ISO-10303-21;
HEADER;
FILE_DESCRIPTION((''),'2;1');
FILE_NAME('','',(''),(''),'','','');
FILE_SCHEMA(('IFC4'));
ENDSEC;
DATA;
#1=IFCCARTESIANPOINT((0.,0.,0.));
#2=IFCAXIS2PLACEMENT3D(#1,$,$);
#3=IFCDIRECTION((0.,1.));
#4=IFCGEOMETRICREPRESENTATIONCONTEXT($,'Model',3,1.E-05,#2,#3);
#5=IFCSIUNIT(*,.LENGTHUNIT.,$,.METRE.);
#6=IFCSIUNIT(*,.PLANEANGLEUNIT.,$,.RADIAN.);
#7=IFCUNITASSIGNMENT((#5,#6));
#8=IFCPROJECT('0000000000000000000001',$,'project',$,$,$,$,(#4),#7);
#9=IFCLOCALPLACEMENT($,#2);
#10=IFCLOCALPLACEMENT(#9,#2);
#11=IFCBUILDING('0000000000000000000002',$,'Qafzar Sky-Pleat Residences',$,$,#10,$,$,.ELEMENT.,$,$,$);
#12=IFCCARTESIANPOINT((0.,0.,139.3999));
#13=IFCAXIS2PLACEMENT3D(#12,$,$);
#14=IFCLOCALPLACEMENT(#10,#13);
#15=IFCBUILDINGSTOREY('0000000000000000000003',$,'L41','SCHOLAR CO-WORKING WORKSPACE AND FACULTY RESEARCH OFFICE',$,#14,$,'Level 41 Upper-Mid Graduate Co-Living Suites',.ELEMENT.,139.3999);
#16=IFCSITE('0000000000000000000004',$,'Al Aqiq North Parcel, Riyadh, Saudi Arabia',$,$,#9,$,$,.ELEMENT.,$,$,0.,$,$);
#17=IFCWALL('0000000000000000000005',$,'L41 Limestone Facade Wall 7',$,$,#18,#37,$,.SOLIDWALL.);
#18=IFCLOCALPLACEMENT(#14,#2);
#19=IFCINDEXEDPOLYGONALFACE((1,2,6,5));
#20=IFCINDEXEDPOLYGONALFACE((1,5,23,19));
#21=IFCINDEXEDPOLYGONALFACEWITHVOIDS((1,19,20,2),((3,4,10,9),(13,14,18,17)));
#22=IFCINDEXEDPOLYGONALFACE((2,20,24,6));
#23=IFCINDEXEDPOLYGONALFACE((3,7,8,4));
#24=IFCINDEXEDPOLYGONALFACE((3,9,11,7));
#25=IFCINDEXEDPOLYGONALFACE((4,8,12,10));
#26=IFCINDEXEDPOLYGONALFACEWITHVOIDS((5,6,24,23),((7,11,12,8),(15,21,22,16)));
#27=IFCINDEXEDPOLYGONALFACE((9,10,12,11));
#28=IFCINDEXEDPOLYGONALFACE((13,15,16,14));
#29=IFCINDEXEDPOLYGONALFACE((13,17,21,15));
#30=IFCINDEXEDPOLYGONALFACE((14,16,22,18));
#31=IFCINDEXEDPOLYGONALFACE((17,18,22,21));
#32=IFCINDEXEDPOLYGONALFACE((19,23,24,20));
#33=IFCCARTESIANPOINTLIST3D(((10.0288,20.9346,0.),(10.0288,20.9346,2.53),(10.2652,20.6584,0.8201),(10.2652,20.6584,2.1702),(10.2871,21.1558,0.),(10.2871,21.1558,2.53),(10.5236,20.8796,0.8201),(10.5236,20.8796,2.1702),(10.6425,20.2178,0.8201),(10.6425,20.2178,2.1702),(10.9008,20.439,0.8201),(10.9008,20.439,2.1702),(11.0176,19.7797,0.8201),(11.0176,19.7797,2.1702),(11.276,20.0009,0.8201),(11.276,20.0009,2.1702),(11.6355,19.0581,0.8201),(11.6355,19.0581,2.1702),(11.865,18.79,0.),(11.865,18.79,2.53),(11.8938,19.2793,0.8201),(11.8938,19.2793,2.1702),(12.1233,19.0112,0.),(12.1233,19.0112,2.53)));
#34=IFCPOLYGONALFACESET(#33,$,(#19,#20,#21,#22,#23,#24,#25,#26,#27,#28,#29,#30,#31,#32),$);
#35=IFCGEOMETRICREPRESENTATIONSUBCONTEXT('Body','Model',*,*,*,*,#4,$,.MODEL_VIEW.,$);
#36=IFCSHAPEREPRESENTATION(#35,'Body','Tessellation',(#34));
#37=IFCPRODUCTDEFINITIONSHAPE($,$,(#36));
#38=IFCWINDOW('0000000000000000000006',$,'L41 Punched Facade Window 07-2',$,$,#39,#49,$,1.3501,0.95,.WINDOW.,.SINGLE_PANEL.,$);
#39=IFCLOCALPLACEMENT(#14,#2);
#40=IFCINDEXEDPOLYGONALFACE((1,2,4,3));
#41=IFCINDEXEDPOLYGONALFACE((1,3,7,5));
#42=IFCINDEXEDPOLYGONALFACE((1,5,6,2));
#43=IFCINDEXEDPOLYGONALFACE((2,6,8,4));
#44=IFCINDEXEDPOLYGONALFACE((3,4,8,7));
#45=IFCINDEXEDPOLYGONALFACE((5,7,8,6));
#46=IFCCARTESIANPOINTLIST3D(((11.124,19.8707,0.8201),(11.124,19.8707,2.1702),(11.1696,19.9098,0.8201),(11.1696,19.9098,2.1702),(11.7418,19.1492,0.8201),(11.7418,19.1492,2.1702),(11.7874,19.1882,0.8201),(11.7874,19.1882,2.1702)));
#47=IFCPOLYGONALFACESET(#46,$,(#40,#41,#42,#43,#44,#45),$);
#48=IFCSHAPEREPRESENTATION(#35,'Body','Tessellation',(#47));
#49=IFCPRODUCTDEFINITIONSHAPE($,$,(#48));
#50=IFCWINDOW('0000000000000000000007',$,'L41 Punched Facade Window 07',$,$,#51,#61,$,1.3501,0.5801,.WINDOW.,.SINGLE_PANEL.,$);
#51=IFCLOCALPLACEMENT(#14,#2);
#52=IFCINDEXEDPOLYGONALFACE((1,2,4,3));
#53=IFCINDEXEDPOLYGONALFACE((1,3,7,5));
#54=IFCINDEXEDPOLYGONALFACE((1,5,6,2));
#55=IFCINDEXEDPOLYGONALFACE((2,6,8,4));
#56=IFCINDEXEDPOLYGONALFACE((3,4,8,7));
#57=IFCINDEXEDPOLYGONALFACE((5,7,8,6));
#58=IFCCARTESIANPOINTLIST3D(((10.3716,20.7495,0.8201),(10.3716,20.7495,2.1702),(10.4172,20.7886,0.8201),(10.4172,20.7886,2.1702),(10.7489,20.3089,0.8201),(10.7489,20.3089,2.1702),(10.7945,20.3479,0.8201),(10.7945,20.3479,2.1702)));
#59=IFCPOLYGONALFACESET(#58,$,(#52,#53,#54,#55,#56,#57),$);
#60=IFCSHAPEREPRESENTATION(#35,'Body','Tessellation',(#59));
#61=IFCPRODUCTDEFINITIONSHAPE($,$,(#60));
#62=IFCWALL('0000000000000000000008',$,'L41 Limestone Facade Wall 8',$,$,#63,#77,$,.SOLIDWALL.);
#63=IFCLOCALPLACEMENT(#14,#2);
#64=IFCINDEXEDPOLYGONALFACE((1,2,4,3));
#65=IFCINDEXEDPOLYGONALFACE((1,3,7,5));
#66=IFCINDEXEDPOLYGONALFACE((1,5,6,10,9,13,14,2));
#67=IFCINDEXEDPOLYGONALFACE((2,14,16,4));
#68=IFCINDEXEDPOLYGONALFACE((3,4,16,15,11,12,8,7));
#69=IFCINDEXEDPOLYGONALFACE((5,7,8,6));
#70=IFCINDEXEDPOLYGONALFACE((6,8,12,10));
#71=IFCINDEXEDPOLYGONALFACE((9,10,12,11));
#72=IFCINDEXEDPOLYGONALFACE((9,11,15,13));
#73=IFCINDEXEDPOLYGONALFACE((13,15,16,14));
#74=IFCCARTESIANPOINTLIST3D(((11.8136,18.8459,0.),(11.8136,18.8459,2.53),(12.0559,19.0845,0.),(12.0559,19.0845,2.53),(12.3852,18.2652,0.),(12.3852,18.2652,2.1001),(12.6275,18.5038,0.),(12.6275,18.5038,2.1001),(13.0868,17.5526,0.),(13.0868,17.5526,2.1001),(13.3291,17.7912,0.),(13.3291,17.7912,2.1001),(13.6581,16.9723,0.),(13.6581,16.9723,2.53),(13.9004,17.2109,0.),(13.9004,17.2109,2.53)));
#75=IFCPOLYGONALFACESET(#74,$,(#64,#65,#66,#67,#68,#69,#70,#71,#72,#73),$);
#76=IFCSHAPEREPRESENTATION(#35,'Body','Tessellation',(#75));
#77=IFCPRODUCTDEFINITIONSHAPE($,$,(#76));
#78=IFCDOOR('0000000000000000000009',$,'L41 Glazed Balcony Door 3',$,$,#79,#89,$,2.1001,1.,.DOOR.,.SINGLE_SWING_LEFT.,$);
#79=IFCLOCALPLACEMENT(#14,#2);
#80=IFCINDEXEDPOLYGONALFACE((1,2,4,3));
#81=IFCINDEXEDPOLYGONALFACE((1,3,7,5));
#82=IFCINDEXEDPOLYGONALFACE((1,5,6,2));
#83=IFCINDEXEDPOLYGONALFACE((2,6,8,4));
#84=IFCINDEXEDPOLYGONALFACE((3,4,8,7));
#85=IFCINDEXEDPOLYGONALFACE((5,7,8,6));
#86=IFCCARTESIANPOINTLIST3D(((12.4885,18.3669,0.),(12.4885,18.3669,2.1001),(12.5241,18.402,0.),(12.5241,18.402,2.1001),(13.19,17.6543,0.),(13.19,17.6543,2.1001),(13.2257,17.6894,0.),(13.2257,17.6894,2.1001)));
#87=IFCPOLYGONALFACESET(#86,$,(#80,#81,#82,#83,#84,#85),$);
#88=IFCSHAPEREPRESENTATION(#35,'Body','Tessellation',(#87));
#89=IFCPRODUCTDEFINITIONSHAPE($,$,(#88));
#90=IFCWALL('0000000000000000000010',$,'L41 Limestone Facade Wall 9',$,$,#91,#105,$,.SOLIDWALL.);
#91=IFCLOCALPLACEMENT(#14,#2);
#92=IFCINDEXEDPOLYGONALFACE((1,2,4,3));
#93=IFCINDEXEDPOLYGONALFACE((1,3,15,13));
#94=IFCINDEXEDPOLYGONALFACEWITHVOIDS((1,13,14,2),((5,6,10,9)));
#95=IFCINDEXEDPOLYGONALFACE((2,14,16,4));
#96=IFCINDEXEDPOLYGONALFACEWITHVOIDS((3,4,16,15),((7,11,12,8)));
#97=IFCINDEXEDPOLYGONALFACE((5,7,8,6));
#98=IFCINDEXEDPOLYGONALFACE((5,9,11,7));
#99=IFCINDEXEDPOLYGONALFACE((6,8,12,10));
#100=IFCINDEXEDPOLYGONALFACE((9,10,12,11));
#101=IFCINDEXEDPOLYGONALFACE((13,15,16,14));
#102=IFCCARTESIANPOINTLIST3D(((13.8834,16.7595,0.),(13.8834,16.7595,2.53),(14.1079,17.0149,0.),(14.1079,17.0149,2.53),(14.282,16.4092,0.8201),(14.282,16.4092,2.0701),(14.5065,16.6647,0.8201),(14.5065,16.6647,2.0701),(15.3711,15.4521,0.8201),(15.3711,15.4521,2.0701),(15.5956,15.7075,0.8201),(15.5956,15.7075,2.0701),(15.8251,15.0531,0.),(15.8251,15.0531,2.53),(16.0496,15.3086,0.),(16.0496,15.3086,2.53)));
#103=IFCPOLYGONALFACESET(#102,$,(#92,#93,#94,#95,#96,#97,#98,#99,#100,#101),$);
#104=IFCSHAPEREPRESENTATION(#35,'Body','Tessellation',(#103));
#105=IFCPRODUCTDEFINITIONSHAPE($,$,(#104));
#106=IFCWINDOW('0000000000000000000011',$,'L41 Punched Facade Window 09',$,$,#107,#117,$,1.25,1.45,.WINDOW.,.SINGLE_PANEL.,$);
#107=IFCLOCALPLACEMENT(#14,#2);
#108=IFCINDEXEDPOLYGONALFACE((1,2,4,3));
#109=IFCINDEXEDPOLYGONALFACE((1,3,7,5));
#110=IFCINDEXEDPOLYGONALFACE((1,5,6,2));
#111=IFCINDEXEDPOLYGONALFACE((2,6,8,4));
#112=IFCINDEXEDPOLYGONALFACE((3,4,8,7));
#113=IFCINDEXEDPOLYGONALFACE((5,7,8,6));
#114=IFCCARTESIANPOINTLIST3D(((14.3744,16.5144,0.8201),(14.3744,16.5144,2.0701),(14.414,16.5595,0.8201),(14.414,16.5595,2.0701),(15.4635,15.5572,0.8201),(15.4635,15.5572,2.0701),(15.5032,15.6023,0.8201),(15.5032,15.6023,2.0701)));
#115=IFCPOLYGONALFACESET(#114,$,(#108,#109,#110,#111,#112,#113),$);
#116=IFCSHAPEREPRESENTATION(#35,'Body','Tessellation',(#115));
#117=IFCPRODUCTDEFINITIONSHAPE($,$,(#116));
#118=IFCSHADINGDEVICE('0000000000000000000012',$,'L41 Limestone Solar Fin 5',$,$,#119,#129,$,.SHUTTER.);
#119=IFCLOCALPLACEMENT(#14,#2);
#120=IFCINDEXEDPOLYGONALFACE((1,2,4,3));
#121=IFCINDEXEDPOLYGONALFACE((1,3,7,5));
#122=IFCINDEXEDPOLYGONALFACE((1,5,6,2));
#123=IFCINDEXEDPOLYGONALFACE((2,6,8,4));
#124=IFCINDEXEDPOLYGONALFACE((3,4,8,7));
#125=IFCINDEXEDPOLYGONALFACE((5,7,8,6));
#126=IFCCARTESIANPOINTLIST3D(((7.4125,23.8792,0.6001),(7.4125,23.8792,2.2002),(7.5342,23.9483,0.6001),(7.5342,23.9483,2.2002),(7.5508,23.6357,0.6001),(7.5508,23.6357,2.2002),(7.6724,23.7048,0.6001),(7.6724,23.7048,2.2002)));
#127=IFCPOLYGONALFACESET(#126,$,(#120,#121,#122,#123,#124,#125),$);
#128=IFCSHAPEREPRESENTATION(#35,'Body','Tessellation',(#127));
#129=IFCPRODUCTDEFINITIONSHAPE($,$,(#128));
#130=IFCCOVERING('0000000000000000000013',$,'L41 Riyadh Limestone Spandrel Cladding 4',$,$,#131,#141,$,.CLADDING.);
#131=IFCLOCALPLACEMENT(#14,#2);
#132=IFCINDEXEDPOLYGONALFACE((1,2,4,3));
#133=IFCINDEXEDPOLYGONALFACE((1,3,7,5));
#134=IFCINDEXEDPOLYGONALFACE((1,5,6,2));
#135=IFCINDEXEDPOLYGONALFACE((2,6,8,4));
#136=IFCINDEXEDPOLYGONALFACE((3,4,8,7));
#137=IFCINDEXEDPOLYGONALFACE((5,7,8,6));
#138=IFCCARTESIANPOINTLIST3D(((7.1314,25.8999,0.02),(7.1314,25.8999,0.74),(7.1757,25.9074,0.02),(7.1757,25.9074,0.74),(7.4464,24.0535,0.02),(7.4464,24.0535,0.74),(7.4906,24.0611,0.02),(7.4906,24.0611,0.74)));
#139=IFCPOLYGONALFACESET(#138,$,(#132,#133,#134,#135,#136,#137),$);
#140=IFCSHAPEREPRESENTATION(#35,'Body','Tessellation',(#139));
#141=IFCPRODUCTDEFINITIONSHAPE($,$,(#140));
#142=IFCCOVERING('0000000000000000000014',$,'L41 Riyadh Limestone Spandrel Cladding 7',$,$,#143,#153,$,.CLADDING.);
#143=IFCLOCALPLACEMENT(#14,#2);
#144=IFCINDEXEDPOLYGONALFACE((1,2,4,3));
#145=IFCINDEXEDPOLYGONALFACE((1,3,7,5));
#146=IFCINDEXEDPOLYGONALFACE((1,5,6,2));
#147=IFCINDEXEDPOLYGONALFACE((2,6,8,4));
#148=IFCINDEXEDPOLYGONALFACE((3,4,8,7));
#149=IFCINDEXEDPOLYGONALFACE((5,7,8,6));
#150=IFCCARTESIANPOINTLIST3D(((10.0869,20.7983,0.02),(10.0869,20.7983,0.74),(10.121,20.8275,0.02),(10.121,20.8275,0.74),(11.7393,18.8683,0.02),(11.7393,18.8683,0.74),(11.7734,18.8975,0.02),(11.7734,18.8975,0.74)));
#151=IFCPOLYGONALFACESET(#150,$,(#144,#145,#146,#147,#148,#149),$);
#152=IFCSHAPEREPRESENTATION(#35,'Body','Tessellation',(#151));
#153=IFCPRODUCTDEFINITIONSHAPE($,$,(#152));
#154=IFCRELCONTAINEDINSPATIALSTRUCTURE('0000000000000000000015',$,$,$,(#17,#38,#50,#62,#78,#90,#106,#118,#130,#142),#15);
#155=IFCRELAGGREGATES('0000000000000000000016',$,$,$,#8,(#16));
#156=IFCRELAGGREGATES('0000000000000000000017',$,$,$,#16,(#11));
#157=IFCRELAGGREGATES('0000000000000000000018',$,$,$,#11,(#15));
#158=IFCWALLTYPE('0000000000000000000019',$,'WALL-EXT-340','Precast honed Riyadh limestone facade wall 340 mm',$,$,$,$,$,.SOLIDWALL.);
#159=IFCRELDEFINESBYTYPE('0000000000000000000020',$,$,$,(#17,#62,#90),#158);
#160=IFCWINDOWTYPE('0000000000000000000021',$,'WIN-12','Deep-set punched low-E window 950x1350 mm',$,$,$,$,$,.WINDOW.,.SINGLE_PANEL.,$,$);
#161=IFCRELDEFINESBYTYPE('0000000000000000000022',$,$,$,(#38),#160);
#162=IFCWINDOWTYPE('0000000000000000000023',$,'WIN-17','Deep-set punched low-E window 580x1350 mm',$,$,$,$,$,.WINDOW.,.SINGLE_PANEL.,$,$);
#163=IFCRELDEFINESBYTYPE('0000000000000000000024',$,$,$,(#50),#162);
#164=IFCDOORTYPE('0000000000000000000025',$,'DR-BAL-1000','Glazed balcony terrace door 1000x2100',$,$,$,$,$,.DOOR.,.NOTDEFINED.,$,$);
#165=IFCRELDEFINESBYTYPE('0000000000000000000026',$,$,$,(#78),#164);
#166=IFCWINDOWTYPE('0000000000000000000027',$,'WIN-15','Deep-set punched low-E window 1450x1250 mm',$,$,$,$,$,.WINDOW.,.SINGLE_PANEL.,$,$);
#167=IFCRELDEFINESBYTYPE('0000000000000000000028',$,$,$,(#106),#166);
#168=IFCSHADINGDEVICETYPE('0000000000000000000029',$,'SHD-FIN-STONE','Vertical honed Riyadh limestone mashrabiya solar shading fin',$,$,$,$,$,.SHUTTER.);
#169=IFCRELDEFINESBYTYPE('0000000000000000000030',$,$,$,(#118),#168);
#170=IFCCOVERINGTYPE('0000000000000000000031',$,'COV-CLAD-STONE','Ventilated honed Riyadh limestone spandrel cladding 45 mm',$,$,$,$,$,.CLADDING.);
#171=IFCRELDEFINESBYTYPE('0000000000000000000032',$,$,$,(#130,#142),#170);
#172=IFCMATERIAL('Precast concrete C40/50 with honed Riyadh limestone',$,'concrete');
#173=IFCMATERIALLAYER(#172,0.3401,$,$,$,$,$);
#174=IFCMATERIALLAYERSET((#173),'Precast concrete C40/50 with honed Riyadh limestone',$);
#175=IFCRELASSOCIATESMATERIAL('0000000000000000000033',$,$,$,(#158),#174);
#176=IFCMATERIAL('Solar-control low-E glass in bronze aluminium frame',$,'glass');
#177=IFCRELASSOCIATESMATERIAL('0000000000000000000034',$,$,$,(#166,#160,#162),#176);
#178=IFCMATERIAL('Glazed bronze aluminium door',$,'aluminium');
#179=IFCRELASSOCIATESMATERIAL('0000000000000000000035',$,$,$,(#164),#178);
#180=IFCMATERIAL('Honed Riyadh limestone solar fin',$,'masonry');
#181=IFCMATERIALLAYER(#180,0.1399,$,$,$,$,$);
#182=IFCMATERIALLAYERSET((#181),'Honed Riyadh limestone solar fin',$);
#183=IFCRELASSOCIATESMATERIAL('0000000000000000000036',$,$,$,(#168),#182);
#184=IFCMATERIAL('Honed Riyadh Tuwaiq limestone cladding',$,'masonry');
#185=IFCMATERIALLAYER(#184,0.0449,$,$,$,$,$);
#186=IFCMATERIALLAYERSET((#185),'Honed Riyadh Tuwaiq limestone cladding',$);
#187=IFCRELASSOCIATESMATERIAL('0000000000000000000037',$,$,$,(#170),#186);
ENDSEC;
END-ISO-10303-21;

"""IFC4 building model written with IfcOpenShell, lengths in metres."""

from ifc_helpers import new_model, si_unit, direction, frame, frame_2d, origin, origin_2d, place, context, subcontext, project, spatial, rectangle, extrude, source, transform, mapped, material, layer, layer_set, type_object, element, fill, save


model = new_model("IFC4")

# Units and contexts
model_context = context("Model", 3, precision=1e-05, world=origin(), true_north=direction((0.0, 1.0)))
body_context = subcontext(model_context, "Body", "Model", "MODEL_VIEW")
ifc_project = project(units=[si_unit("LENGTHUNIT", "METRE"), si_unit("PLANEANGLEUNIT", "RADIAN")], contexts=[model_context])

# Site, building, storey
site_placement = place(None, origin())
site = spatial("IfcSite", under=ifc_project, at=site_placement, Name="Al Aqiq North Parcel, Riyadh, Saudi Arabia", CompositionType="ELEMENT", RefElevation=0.0)
building_placement = place(site_placement, origin())
building = spatial("IfcBuilding", under=site, at=building_placement, Name="Qafzar Sky-Pleat Residences", CompositionType="ELEMENT")
storey_placement = place(building_placement, frame((0.0, 0.0, 139.3999)))
storey = spatial("IfcBuildingStorey", under=building, at=storey_placement, Name="L41", Description="SCHOLAR CO-WORKING WORKSPACE AND FACULTY RESEARCH OFFICE", LongName="Level 41 Upper-Mid Graduate Co-Living Suites", CompositionType="ELEMENT", Elevation=139.3999)

# Shared definitions
ifc_material_1 = material(Name="Precast concrete C40/50 with honed Riyadh limestone", Category="concrete")
ifc_layer_1 = layer(ifc_material_1, 0.3401)
ifc_layer_set_1 = layer_set([ifc_layer_1], Name="Precast concrete C40/50 with honed Riyadh limestone")
wall_type_1 = type_object("IfcWallType", Name="WALL-EXT-340", Description="Precast honed Riyadh limestone facade wall 340 mm", PredefinedType="SOLIDWALL", material=ifc_layer_set_1)
ifc_material_2 = material(Name="Solar-control low-E glass in bronze aluminium frame", Category="glass")
window_type_1 = type_object("IfcWindowType", Name="WIN-15", Description="Deep-set punched low-E window 1450x1250 mm", PartitioningType="SINGLE_PANEL", PredefinedType="WINDOW", material=ifc_material_2)
shared_shape_1 = source(origin(), body_context, "Body", "SweptSolid", [
    extrude(rectangle(XDim=1.45, YDim=1.25, at=frame_2d((0.7251, 0.625))), frame((0.0, 0.03, 0.0), z_axis=(0.0, -1.0, 0.0), x_axis=(1.0, 0.0, 0.0)), (0.0, 0.0, 1.0), 0.0601),
])

# Wall, openings, windows
wall_1_placement = place(storey_placement, frame((10.158, 21.0452, 0.0), z_axis=(0.0, 0.0, 1.0), x_axis=(0.650385, -0.759604, 0.0)))
wall_1 = element("IfcWall", 1, at=wall_1_placement, inside=storey, type_object=wall_type_1, Name="L41 Limestone Facade Wall 7", PredefinedType="SOLIDWALL", context=body_context, shape_type="SweptSolid", body=[
    extrude(rectangle(XDim=2.8232, YDim=0.3401, at=frame_2d((1.4116, 0.0))), origin(), (0.0, 0.0, 1.0), 2.53),
])
opening_1_placement = place(wall_1_placement, frame((0.3635, 0.0, 0.8201)))
opening_1 = element("IfcOpeningElement", 2, at=opening_1_placement, cuts=wall_1, PredefinedType="OPENING", context=body_context, shape_type="SweptSolid", body=[
    extrude(rectangle(XDim=0.5801, YDim=1.3501, at=frame_2d((0.29, 0.675))), frame((0.0, 0.1802, 0.0), z_axis=(0.0, -1.0, 0.0), x_axis=(1.0, 0.0, 0.0)), (0.0, 0.0, 1.0), 0.3601),
])
opening_2_placement = place(wall_1_placement, frame((1.5203, 0.0, 0.8201)))
opening_2 = element("IfcOpeningElement", 3, at=opening_2_placement, cuts=wall_1, PredefinedType="OPENING", context=body_context, shape_type="SweptSolid", body=[
    extrude(rectangle(XDim=0.95, YDim=1.3501, at=frame_2d((0.4751, 0.675))), frame((0.0, 0.1802, 0.0), z_axis=(0.0, -1.0, 0.0), x_axis=(1.0, 0.0, 0.0)), (0.0, 0.0, 1.0), 0.3601),
])
window_type_2 = type_object("IfcWindowType", Name="WIN-12", Description="Deep-set punched low-E window 950x1350 mm", PartitioningType="SINGLE_PANEL", PredefinedType="WINDOW", material=ifc_material_2)
shared_shape_2 = source(origin(), body_context, "Body", "SweptSolid", [
    extrude(rectangle(XDim=0.95, YDim=1.3501, at=frame_2d((0.4751, 0.675))), frame((0.0, 0.03, 0.0), z_axis=(0.0, -1.0, 0.0), x_axis=(1.0, 0.0, 0.0)), (0.0, 0.0, 1.0), 0.0601),
])
window_1_placement = place(opening_2_placement, origin())
window_1 = element("IfcWindow", 4, at=window_1_placement, inside=storey, type_object=window_type_2, Name="L41 Punched Facade Window 07-2", OverallHeight=1.3501, OverallWidth=0.95, PartitioningType="SINGLE_PANEL", PredefinedType="WINDOW", context=body_context, shape_type="MappedRepresentation", body=[
    mapped(shared_shape_2, transform((0.0, 0.0, 0.0), x_axis=(1.0, 0.0, 0.0), y_axis=(0.0, 1.0, 0.0), z_axis=(0.0, 0.0, 1.0), scale=1.0)),
])
fill(opening_2, window_1)
window_type_3 = type_object("IfcWindowType", Name="WIN-17", Description="Deep-set punched low-E window 580x1350 mm", PartitioningType="SINGLE_PANEL", PredefinedType="WINDOW", material=ifc_material_2)
shared_shape_3 = source(origin(), body_context, "Body", "SweptSolid", [
    extrude(rectangle(XDim=0.5801, YDim=1.3501, at=frame_2d((0.29, 0.675))), frame((0.0, 0.03, 0.0), z_axis=(0.0, -1.0, 0.0), x_axis=(1.0, 0.0, 0.0)), (0.0, 0.0, 1.0), 0.0601),
])
window_2_placement = place(opening_1_placement, origin())
window_2 = element("IfcWindow", 5, at=window_2_placement, inside=storey, type_object=window_type_3, Name="L41 Punched Facade Window 07", OverallHeight=1.3501, OverallWidth=0.5801, PartitioningType="SINGLE_PANEL", PredefinedType="WINDOW", context=body_context, shape_type="MappedRepresentation", body=[
    mapped(shared_shape_3, transform((0.0, 0.0, 0.0), x_axis=(1.0, 0.0, 0.0), y_axis=(0.0, 1.0, 0.0), z_axis=(0.0, 0.0, 1.0), scale=1.0)),
])
fill(opening_1, window_2)

# Wall, opening, door
wall_2_placement = place(storey_placement, frame((11.9348, 18.9651, 0.0), z_axis=(0.0, 0.0, 1.0), x_axis=(0.70156, -0.71261, 0.0)))
wall_2 = element("IfcWall", 6, at=wall_2_placement, inside=storey, type_object=wall_type_1, Name="L41 Limestone Facade Wall 8", PredefinedType="SOLIDWALL", context=body_context, shape_type="SweptSolid", body=[
    extrude(rectangle(XDim=2.6292, YDim=0.3401, at=frame_2d((1.3145, 0.0))), origin(), (0.0, 0.0, 1.0), 2.53),
])
opening_3_placement = place(wall_2_placement, frame((0.8147, 0.0, 0.0)))
opening_3 = element("IfcOpeningElement", 7, at=opening_3_placement, cuts=wall_2, PredefinedType="OPENING", context=body_context, shape_type="SweptSolid", body=[
    extrude(rectangle(XDim=1.0, YDim=2.1001, at=frame_2d((0.5, 1.05))), frame((0.0, 0.1802, 0.0), z_axis=(0.0, -1.0, 0.0), x_axis=(1.0, 0.0, 0.0)), (0.0, 0.0, 1.0), 0.3601),
])
ifc_material_3 = material(Name="Glazed bronze aluminium door", Category="aluminium")
door_type = type_object("IfcDoorType", Name="DR-BAL-1000", Description="Glazed balcony terrace door 1000x2100", OperationType="NOTDEFINED", PredefinedType="DOOR", material=ifc_material_3)
shared_shape_4 = source(origin(), body_context, "Body", "SweptSolid", [
    extrude(rectangle(XDim=1.0, YDim=2.1001, at=frame_2d((0.5, 1.05))), frame((0.0, 0.0249, 0.0), z_axis=(0.0, -1.0, 0.0), x_axis=(1.0, 0.0, 0.0)), (0.0, 0.0, 1.0), 0.05),
])
door_placement = place(opening_3_placement, origin())
door = element("IfcDoor", 8, at=door_placement, inside=storey, type_object=door_type, Name="L41 Glazed Balcony Door 3", OperationType="SINGLE_SWING_LEFT", OverallHeight=2.1001, OverallWidth=1.0, PredefinedType="DOOR", context=body_context, shape_type="MappedRepresentation", body=[
    mapped(shared_shape_4, transform((0.0, 0.0, 0.0), x_axis=(1.0, 0.0, 0.0), y_axis=(0.0, 1.0, 0.0), z_axis=(0.0, 0.0, 1.0), scale=1.0)),
])
fill(opening_3, door)

# Wall, opening, window
wall_3_placement = place(storey_placement, frame((13.9956, 16.8872, 0.0), z_axis=(0.0, 0.0, 1.0), x_axis=(0.751165, -0.660115, 0.0)))
wall_3 = element("IfcWall", 9, at=wall_3_placement, inside=storey, type_object=wall_type_1, Name="L41 Limestone Facade Wall 9", PredefinedType="SOLIDWALL", context=body_context, shape_type="SweptSolid", body=[
    extrude(rectangle(XDim=2.585, YDim=0.3401, at=frame_2d((1.2925, 0.0))), origin(), (0.0, 0.0, 1.0), 2.53),
])
opening_4_placement = place(wall_3_placement, frame((0.5305, 0.0, 0.8201)))
opening_4 = element("IfcOpeningElement", 10, at=opening_4_placement, cuts=wall_3, PredefinedType="OPENING", context=body_context, shape_type="SweptSolid", body=[
    extrude(rectangle(XDim=1.45, YDim=1.25, at=frame_2d((0.7251, 0.625))), frame((0.0, 0.1802, 0.0), z_axis=(0.0, -1.0, 0.0), x_axis=(1.0, 0.0, 0.0)), (0.0, 0.0, 1.0), 0.3601),
])
window_3_placement = place(opening_4_placement, origin())
window_3 = element("IfcWindow", 11, at=window_3_placement, inside=storey, type_object=window_type_1, Name="L41 Punched Facade Window 09", OverallHeight=1.25, OverallWidth=1.45, PartitioningType="SINGLE_PANEL", PredefinedType="WINDOW", context=body_context, shape_type="MappedRepresentation", body=[
    mapped(shared_shape_1, transform((0.0, 0.0, 0.0), x_axis=(1.0, 0.0, 0.0), y_axis=(0.0, 1.0, 0.0), z_axis=(0.0, 0.0, 1.0), scale=1.0)),
])
fill(opening_4, window_3)

# Shading device
ifc_material_4 = material(Name="Honed Riyadh limestone solar fin", Category="masonry")
ifc_layer_2 = layer(ifc_material_4, 0.1399)
ifc_layer_set_2 = layer_set([ifc_layer_2], Name="Honed Riyadh limestone solar fin")
shading_device_type = type_object("IfcShadingDeviceType", Name="SHD-FIN-STONE", Description="Vertical honed Riyadh limestone mashrabiya solar shading fin", PredefinedType="SHUTTER", material=ifc_layer_set_2)
shared_shape_5 = source(origin(), body_context, "Body", "SweptSolid", [
    extrude(rectangle(XDim=0.1399, YDim=0.28, at=origin_2d()), origin(), (0.0, 0.0, 1.0), 1.6001),
])
shading_device_placement = place(storey_placement, frame((7.5425, 23.792, 0.6001), z_axis=(0.0, 0.0, 1.0), x_axis=(-0.869615, -0.493731, 0.0)))
element("IfcShadingDevice", 12, at=shading_device_placement, inside=storey, type_object=shading_device_type, Name="L41 Limestone Solar Fin 5", PredefinedType="SHUTTER", context=body_context, shape_type="MappedRepresentation", body=[
    mapped(shared_shape_5, transform((0.0, 0.0, 0.0), x_axis=(1.0, 0.0, 0.0), y_axis=(0.0, 1.0, 0.0), z_axis=(0.0, 0.0, 1.0), scale=1.0)),
])

# Coverings
ifc_material_5 = material(Name="Honed Riyadh Tuwaiq limestone cladding", Category="masonry")
ifc_layer_3 = layer(ifc_material_5, 0.0449)
ifc_layer_set_3 = layer_set([ifc_layer_3], Name="Honed Riyadh Tuwaiq limestone cladding")
covering_type = type_object("IfcCoveringType", Name="COV-CLAD-STONE", Description="Ventilated honed Riyadh limestone spandrel cladding 45 mm", PredefinedType="CLADDING", material=ifc_layer_set_3)
shared_shape_6 = source(origin(), body_context, "Body", "SweptSolid", [
    extrude(rectangle(XDim=1.873, YDim=0.0449, at=origin_2d()), origin(), (0.0, 0.0, 1.0), 0.72),
])
covering_1_placement = place(storey_placement, frame((7.311, 24.9805, 0.02), z_axis=(0.0, 0.0, 1.0), x_axis=(0.16813, -0.985765, 0.0)))
element("IfcCovering", 13, at=covering_1_placement, inside=storey, type_object=covering_type, Name="L41 Riyadh Limestone Spandrel Cladding 4", PredefinedType="CLADDING", context=body_context, shape_type="MappedRepresentation", body=[
    mapped(shared_shape_6, transform((0.0, 0.0, 0.0), x_axis=(1.0, 0.0, 0.0), y_axis=(0.0, 1.0, 0.0), z_axis=(0.0, 0.0, 1.0), scale=1.0)),
])
shared_shape_7 = source(origin(), body_context, "Body", "SweptSolid", [
    extrude(rectangle(XDim=2.5408, YDim=0.0449, at=origin_2d()), origin(), (0.0, 0.0, 1.0), 0.72),
])
covering_2_placement = place(storey_placement, frame((10.9302, 19.8479, 0.02), z_axis=(0.0, 0.0, 1.0), x_axis=(0.650357, -0.759629, 0.0)))
element("IfcCovering", 14, at=covering_2_placement, inside=storey, type_object=covering_type, Name="L41 Riyadh Limestone Spandrel Cladding 7", PredefinedType="CLADDING", context=body_context, shape_type="MappedRepresentation", body=[
    mapped(shared_shape_7, transform((0.0, 0.0, 0.0), x_axis=(1.0, 0.0, 0.0), y_axis=(0.0, 1.0, 0.0), z_axis=(0.0, 0.0, 1.0), scale=1.0)),
])

save(model, "model.ifc")
